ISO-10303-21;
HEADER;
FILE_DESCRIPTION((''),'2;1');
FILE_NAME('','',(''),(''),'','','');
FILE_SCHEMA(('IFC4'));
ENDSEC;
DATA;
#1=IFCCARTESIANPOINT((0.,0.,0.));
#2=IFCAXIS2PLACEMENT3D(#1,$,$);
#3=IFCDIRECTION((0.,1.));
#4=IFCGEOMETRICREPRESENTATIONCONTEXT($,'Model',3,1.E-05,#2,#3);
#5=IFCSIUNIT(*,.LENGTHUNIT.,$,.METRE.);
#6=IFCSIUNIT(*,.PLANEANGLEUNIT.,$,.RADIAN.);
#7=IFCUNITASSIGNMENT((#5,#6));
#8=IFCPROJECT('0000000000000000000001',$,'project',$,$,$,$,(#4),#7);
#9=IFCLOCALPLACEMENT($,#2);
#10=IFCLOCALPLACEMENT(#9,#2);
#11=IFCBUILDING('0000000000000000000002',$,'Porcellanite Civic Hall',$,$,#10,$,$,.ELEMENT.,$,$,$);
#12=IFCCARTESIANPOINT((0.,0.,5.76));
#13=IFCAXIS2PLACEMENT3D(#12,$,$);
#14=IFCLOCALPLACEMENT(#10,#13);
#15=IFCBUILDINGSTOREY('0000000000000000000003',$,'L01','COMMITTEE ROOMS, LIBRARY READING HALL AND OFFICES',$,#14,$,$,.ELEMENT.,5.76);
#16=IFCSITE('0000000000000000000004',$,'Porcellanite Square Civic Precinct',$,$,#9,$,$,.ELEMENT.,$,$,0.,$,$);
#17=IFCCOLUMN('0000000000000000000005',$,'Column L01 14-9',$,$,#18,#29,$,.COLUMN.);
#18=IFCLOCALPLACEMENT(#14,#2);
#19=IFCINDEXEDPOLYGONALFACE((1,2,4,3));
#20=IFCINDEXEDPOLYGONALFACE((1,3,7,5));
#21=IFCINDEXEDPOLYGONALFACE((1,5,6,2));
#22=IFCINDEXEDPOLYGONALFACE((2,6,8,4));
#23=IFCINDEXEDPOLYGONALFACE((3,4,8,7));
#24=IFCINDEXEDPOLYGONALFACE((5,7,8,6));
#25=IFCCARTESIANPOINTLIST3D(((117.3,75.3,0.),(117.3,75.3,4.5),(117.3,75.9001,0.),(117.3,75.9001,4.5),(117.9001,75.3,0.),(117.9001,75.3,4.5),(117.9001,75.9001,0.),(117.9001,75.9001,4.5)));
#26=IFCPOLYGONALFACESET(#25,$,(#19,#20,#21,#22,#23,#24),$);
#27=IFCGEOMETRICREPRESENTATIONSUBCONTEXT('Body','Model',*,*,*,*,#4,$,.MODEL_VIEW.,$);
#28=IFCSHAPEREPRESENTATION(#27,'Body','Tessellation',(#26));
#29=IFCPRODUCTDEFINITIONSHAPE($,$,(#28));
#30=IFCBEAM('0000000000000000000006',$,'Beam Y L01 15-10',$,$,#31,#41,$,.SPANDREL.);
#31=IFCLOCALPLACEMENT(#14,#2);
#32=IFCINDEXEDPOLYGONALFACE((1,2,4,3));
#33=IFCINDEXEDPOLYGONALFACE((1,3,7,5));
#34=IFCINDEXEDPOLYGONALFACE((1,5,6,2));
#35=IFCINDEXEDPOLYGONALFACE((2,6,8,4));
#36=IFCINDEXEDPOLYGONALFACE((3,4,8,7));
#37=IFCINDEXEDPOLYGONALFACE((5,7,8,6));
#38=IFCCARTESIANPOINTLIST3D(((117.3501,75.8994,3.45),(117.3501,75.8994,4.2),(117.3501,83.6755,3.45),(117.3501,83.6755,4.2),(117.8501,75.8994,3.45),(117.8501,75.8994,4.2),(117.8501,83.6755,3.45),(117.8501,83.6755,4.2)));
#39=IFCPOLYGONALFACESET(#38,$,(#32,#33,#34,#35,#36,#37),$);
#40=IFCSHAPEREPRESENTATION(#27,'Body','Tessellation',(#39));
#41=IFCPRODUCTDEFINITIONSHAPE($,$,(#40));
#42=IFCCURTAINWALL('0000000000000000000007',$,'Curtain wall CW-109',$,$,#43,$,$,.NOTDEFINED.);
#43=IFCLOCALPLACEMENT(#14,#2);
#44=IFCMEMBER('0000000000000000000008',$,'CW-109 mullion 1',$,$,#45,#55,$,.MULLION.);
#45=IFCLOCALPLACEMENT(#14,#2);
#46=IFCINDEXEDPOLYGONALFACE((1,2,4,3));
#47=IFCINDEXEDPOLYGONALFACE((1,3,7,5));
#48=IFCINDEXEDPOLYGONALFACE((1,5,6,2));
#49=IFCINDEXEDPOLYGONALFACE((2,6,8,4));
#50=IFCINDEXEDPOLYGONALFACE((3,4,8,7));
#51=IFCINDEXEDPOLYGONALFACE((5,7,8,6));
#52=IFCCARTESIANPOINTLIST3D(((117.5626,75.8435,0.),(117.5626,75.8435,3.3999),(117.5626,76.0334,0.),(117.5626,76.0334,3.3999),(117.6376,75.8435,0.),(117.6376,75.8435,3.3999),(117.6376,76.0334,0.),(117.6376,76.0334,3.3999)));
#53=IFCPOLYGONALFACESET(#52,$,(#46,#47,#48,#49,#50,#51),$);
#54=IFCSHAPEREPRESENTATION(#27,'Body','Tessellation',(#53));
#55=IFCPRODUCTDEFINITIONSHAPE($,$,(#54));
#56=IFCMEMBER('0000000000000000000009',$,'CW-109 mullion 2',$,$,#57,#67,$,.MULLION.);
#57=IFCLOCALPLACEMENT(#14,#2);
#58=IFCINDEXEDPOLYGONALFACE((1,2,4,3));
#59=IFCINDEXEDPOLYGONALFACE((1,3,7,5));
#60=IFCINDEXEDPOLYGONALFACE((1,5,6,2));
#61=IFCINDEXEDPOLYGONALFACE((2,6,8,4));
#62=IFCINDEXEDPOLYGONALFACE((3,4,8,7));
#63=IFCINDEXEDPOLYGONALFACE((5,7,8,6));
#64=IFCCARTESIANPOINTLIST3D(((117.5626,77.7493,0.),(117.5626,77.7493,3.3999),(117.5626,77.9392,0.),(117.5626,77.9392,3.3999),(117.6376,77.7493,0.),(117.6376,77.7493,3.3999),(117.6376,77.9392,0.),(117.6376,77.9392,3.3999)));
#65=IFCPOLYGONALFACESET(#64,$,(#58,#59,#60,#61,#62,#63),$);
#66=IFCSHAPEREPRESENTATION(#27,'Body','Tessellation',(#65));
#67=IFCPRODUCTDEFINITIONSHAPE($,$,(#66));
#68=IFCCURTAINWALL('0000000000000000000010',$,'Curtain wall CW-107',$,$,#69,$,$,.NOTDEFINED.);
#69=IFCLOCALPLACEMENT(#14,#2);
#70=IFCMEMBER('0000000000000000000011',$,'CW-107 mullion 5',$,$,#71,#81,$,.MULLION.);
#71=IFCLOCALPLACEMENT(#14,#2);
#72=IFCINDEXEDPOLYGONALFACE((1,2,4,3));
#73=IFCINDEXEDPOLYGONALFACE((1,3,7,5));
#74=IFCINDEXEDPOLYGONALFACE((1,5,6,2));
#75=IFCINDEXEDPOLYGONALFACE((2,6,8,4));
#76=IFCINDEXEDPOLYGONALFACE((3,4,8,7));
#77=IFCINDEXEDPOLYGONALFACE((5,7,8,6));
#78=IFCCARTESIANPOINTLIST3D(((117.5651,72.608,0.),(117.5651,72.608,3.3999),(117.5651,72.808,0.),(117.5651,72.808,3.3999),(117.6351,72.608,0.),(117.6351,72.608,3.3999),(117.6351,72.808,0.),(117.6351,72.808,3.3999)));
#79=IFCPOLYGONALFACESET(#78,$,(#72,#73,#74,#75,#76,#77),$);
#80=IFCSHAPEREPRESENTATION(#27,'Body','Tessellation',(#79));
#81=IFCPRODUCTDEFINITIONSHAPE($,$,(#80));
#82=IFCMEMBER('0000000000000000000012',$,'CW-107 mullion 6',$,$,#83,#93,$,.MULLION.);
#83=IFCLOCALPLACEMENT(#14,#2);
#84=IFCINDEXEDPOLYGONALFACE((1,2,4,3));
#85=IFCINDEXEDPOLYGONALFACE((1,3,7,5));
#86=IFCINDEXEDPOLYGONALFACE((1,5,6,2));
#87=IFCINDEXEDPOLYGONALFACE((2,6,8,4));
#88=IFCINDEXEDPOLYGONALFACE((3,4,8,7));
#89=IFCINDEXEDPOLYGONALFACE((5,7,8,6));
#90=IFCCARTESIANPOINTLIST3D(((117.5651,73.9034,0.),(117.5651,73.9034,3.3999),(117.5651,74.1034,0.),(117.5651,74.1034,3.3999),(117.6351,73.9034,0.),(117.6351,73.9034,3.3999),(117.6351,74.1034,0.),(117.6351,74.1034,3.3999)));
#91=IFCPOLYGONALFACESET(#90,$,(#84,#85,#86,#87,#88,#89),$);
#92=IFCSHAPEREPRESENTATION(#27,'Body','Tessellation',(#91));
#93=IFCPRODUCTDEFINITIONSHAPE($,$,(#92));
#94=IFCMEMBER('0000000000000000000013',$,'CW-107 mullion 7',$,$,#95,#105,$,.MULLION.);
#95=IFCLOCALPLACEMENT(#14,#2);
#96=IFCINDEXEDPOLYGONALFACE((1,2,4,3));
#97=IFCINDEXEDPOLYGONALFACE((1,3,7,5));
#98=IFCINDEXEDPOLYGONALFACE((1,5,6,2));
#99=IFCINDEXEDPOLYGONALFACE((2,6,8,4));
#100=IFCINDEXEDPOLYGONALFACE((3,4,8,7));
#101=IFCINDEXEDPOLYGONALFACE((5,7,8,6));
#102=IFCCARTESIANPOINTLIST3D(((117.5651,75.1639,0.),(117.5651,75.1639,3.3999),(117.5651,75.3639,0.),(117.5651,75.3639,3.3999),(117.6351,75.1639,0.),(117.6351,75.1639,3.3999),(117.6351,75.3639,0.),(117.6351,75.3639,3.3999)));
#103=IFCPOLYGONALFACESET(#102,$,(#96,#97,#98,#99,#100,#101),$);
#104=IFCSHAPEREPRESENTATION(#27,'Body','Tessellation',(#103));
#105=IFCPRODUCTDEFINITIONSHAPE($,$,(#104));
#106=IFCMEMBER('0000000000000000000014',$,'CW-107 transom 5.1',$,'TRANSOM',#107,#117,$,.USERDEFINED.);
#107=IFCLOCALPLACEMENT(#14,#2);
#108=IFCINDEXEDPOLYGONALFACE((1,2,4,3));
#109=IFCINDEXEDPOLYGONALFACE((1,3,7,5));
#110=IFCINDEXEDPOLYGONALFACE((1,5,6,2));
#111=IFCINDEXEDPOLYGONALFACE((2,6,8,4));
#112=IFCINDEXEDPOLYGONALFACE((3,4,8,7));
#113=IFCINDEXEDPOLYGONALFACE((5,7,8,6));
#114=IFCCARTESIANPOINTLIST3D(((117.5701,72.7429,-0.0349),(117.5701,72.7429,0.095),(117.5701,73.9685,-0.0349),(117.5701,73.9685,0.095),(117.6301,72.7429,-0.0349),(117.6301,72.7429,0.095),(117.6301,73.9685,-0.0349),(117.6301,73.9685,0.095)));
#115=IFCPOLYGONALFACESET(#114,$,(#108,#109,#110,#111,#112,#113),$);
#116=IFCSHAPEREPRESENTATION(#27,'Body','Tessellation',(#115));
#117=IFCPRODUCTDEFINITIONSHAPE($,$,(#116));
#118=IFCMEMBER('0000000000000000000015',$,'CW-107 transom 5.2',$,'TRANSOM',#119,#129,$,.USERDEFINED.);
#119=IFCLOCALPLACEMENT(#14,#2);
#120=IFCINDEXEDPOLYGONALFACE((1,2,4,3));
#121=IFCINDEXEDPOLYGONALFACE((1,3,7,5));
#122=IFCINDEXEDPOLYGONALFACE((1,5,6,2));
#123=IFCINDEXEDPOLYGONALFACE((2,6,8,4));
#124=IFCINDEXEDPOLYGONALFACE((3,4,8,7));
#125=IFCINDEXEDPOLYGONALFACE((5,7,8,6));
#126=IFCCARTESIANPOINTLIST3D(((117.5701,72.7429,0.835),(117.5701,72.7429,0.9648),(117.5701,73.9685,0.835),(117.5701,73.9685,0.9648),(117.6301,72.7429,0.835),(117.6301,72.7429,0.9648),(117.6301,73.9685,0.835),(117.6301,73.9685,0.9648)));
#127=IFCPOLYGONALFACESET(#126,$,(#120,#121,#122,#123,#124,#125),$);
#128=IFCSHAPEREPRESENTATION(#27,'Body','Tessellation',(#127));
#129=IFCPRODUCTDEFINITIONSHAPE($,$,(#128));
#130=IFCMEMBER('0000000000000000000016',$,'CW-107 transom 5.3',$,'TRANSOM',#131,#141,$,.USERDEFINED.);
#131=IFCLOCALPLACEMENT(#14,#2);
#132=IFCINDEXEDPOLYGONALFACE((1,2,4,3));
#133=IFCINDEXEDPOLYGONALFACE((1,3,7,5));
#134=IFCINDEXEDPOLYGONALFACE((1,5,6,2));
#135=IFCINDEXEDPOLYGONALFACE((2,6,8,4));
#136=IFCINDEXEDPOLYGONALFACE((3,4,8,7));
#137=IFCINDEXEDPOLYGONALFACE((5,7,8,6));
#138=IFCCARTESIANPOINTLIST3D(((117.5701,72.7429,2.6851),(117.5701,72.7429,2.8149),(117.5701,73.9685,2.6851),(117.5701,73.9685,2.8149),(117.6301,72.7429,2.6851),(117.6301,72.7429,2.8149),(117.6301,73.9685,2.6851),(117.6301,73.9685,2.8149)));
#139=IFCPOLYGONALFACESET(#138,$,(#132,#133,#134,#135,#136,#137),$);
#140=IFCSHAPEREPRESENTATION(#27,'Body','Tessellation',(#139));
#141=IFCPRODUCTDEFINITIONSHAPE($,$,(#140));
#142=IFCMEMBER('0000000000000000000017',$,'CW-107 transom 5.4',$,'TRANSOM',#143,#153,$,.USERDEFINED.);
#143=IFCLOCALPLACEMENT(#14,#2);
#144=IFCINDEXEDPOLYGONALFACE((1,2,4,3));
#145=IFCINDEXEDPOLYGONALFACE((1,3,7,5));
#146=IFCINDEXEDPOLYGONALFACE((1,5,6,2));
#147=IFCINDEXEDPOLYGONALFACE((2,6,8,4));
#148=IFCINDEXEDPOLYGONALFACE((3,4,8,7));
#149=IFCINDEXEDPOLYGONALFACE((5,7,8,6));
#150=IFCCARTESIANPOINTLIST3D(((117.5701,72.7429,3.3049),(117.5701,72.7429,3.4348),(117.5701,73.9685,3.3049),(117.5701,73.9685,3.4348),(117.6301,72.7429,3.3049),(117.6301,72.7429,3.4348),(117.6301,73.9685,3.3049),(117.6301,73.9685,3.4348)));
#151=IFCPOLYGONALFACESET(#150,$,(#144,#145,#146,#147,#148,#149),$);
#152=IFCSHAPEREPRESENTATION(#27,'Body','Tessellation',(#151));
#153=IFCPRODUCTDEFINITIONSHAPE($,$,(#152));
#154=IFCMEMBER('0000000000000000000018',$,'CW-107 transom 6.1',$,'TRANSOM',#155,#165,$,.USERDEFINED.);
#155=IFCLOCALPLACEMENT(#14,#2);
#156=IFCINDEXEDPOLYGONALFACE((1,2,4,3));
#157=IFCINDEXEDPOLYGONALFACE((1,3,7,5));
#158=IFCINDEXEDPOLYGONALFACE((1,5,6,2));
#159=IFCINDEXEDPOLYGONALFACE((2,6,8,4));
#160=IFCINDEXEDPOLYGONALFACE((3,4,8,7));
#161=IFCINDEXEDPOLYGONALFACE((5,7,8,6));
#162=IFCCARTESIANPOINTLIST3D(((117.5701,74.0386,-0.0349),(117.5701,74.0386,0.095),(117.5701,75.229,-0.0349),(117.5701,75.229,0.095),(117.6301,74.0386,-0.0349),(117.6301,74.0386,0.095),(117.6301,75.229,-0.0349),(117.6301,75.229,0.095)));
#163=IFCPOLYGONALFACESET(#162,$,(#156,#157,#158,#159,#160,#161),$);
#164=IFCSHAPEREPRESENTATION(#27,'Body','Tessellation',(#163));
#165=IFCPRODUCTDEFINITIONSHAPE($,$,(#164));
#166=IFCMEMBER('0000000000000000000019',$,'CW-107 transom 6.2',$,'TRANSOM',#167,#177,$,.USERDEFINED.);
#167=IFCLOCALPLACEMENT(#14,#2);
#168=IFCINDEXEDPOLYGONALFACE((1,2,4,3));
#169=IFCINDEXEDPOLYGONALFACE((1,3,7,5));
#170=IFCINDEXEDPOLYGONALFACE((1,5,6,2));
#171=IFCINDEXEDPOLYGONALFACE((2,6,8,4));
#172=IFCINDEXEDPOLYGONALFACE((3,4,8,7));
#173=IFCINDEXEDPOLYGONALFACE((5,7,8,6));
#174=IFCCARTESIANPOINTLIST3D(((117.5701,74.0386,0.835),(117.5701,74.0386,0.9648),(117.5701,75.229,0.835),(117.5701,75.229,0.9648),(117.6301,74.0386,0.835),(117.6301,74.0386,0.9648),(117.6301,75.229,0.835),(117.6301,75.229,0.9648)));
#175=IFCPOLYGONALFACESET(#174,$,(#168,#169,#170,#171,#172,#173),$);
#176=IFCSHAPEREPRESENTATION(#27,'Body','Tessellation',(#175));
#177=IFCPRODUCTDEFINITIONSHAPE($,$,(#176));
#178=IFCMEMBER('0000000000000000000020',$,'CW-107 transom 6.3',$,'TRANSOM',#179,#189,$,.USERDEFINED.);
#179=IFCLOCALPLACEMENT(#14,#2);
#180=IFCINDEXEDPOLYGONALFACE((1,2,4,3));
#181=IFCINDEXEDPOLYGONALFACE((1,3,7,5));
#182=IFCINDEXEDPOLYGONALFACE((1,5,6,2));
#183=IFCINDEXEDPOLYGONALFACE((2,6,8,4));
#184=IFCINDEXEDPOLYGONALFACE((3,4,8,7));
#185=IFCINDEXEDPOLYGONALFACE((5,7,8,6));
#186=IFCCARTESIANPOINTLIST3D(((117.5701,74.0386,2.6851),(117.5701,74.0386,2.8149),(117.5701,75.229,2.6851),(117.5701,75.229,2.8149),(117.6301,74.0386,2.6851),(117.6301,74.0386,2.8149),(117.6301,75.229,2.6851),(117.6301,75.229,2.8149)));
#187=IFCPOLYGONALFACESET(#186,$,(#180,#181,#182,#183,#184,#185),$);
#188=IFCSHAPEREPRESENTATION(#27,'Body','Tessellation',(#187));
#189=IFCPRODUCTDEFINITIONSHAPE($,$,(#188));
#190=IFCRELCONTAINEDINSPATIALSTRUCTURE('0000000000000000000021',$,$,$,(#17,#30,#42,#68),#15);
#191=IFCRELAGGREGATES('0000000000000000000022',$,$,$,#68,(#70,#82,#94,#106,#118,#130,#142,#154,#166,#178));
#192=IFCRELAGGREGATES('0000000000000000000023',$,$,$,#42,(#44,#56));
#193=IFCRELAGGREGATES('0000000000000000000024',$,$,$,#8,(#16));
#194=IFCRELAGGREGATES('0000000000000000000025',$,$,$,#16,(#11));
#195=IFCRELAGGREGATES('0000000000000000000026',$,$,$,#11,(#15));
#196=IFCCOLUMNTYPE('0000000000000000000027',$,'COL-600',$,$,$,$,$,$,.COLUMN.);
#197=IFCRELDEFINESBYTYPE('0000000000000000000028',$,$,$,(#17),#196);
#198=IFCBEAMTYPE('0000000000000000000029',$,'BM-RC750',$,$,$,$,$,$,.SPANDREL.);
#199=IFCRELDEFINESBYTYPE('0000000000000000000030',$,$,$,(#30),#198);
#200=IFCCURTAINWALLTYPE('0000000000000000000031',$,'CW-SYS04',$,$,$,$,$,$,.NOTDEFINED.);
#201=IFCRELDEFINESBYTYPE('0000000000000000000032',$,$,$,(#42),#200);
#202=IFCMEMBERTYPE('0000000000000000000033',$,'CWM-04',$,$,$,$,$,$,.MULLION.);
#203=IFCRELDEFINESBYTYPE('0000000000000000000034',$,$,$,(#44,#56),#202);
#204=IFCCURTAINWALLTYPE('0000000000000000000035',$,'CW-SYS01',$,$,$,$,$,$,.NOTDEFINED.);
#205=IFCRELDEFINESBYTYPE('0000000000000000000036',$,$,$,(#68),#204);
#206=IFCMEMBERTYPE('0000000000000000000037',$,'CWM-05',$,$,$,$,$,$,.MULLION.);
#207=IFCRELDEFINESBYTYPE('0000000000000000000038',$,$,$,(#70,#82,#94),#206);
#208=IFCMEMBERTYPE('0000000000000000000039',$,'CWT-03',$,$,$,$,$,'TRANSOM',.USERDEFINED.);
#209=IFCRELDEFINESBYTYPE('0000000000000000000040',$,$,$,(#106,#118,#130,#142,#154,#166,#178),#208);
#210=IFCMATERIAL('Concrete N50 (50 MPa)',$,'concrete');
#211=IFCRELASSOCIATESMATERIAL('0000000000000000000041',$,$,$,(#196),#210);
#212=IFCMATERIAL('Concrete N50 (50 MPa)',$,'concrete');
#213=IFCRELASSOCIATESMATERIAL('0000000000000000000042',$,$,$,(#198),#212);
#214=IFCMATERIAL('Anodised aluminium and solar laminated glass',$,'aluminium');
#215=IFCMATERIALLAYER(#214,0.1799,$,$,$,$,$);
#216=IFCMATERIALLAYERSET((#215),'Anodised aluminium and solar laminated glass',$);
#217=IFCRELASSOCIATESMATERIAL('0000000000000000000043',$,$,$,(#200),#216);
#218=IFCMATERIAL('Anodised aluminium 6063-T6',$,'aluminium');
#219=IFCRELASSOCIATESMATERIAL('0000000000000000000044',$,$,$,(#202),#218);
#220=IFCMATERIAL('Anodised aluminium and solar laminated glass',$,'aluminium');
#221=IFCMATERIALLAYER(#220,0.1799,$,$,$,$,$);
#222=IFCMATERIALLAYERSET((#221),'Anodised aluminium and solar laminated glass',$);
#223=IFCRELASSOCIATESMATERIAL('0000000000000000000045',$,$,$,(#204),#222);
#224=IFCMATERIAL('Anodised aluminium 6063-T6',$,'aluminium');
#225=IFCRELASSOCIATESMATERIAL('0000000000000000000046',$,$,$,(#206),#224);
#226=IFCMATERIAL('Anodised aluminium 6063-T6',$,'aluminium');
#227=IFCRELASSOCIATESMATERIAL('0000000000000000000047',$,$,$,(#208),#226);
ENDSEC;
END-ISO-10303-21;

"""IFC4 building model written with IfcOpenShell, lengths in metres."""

from ifc_helpers import new_model, si_unit, direction, frame, origin, origin_2d, place, context, subcontext, project, spatial, rectangle, extrude, material, layer, layer_set, material_profile, profile_set, type_object, element, aggregate, save


model = new_model("IFC4")

# Units and contexts
model_context = context("Model", 3, precision=1e-05, world=origin(), true_north=direction((0.0, 1.0)))
body_context = subcontext(model_context, "Body", "Model", "MODEL_VIEW")
ifc_project = project(units=[si_unit("LENGTHUNIT", "METRE"), si_unit("PLANEANGLEUNIT", "RADIAN")], contexts=[model_context])

# Site, building, storey
site_placement = place(None, origin())
site = spatial("IfcSite", under=ifc_project, at=site_placement, Name="Porcellanite Square Civic Precinct", CompositionType="ELEMENT", RefElevation=0.0)
building_placement = place(site_placement, origin())
building = spatial("IfcBuilding", under=site, at=building_placement, Name="Porcellanite Civic Hall", CompositionType="ELEMENT")
storey_placement = place(building_placement, frame((0.0, 0.0, 5.76)))
storey = spatial("IfcBuildingStorey", under=building, at=storey_placement, Name="L01", Description="COMMITTEE ROOMS, LIBRARY READING HALL AND OFFICES", CompositionType="ELEMENT", Elevation=5.76)

# Column
ifc_material_1 = material(Name="Concrete N50 (50 MPa)", Category="concrete")
ifc_material_profile_1 = material_profile(ifc_material_1, rectangle(XDim=0.6001, YDim=0.6001, at=origin_2d()), Name="RC-600x600")
ifc_profile_set_1 = profile_set([ifc_material_profile_1], Name="Concrete N50 (50 MPa)")
column_type = type_object("IfcColumnType", Name="COL-600", PredefinedType="COLUMN", material=ifc_profile_set_1)
column_placement = place(storey_placement, frame((117.6001, 75.6001, 0.0), z_axis=(0.0, 0.0, 1.0), x_axis=(1.0, 0.0, 0.0)))
element("IfcColumn", 1, at=column_placement, inside=storey, type_object=column_type, Name="Column L01 14-9", PredefinedType="COLUMN", context=body_context, shape_type="SweptSolid", body=[
    extrude(rectangle(XDim=0.6001, YDim=0.6001, at=origin_2d()), origin(), (0.0, 0.0, 1.0), 4.5),
])

# Beam
ifc_material_2 = material(Name="Concrete N50 (50 MPa)", Category="concrete")
ifc_material_profile_2 = material_profile(ifc_material_2, rectangle(XDim=0.5, YDim=0.75, at=origin_2d()), Name="RC-500x750")
ifc_profile_set_2 = profile_set([ifc_material_profile_2], Name="Concrete N50 (50 MPa)")
beam_type = type_object("IfcBeamType", Name="BM-RC750", PredefinedType="SPANDREL", material=ifc_profile_set_2)
beam_placement = place(storey_placement, frame((117.6001, 75.8994, 3.825), z_axis=(0.0, 1.0, 0.0), x_axis=(-1.0, 0.0, 0.0)))
element("IfcBeam", 2, at=beam_placement, inside=storey, type_object=beam_type, Name="Beam Y L01 15-10", PredefinedType="SPANDREL", context=body_context, shape_type="SweptSolid", body=[
    extrude(rectangle(XDim=0.5, YDim=0.75, at=origin_2d()), origin(), (0.0, 0.0, 1.0), 7.7761),
])

# Curtain walls, members
ifc_material_3 = material(Name="Anodised aluminium and solar laminated glass", Category="aluminium")
ifc_layer_1 = layer(ifc_material_3, 0.1799)
ifc_layer_set_1 = layer_set([ifc_layer_1], Name="Anodised aluminium and solar laminated glass")
curtain_wall_type_1 = type_object("IfcCurtainWallType", Name="CW-SYS04", PredefinedType="NOTDEFINED", material=ifc_layer_set_1)
curtain_wall_1_placement = place(storey_placement, origin())
curtain_wall_1 = element("IfcCurtainWall", 3, at=curtain_wall_1_placement, inside=storey, type_object=curtain_wall_type_1, Name="Curtain wall CW-109", PredefinedType="NOTDEFINED")
ifc_material_4 = material(Name="Anodised aluminium 6063-T6", Category="aluminium")
ifc_material_profile_3 = material_profile(ifc_material_4, rectangle(XDim=0.075, YDim=0.1899, at=origin_2d()), Name="AL-75x190")
ifc_profile_set_3 = profile_set([ifc_material_profile_3], Name="Anodised aluminium 6063-T6")
member_type_1 = type_object("IfcMemberType", Name="CWM-04", PredefinedType="MULLION", material=ifc_profile_set_3)
member_1_placement = place(storey_placement, frame((117.6001, 75.9385, 0.0), z_axis=(0.0, 0.0, 1.0), x_axis=(-1.0, 0.0, 0.0)))
member_1 = element("IfcMember", 4, at=member_1_placement, type_object=member_type_1, Name="CW-109 mullion 1", PredefinedType="MULLION", context=body_context, shape_type="SweptSolid", body=[
    extrude(rectangle(XDim=0.075, YDim=0.1899, at=origin_2d()), origin(), (0.0, 0.0, 1.0), 3.3999),
])
member_2_placement = place(storey_placement, frame((117.6001, 77.8442, 0.0), z_axis=(0.0, 0.0, 1.0), x_axis=(-1.0, 0.0, 0.0)))
member_2 = element("IfcMember", 5, at=member_2_placement, type_object=member_type_1, Name="CW-109 mullion 2", PredefinedType="MULLION", context=body_context, shape_type="SweptSolid", body=[
    extrude(rectangle(XDim=0.075, YDim=0.1899, at=origin_2d()), origin(), (0.0, 0.0, 1.0), 3.3999),
])
ifc_material_5 = material(Name="Anodised aluminium and solar laminated glass", Category="aluminium")
ifc_layer_2 = layer(ifc_material_5, 0.1799)
ifc_layer_set_2 = layer_set([ifc_layer_2], Name="Anodised aluminium and solar laminated glass")
curtain_wall_type_2 = type_object("IfcCurtainWallType", Name="CW-SYS01", PredefinedType="NOTDEFINED", material=ifc_layer_set_2)
curtain_wall_2_placement = place(storey_placement, origin())
curtain_wall_2 = element("IfcCurtainWall", 6, at=curtain_wall_2_placement, inside=storey, type_object=curtain_wall_type_2, Name="Curtain wall CW-107", PredefinedType="NOTDEFINED")
ifc_material_6 = material(Name="Anodised aluminium 6063-T6", Category="aluminium")
ifc_material_profile_4 = material_profile(ifc_material_6, rectangle(XDim=0.0701, YDim=0.2, at=origin_2d()), Name="AL-70x200")
ifc_profile_set_4 = profile_set([ifc_material_profile_4], Name="Anodised aluminium 6063-T6")
member_type_2 = type_object("IfcMemberType", Name="CWM-05", PredefinedType="MULLION", material=ifc_profile_set_4)
member_3_placement = place(storey_placement, frame((117.6001, 72.708, 0.0), z_axis=(0.0, 0.0, 1.0), x_axis=(-1.0, 0.0, 0.0)))
member_3 = element("IfcMember", 7, at=member_3_placement, type_object=member_type_2, Name="CW-107 mullion 5", PredefinedType="MULLION", context=body_context, shape_type="SweptSolid", body=[
    extrude(rectangle(XDim=0.0701, YDim=0.2, at=origin_2d()), origin(), (0.0, 0.0, 1.0), 3.3999),
])
member_4_placement = place(storey_placement, frame((117.6001, 74.0034, 0.0), z_axis=(0.0, 0.0, 1.0), x_axis=(-1.0, 0.0, 0.0)))
member_4 = element("IfcMember", 8, at=member_4_placement, type_object=member_type_2, Name="CW-107 mullion 6", PredefinedType="MULLION", context=body_context, shape_type="SweptSolid", body=[
    extrude(rectangle(XDim=0.0701, YDim=0.2, at=origin_2d()), origin(), (0.0, 0.0, 1.0), 3.3999),
])
member_5_placement = place(storey_placement, frame((117.6001, 75.2639, 0.0), z_axis=(0.0, 0.0, 1.0), x_axis=(-1.0, 0.0, 0.0)))
member_5 = element("IfcMember", 9, at=member_5_placement, type_object=member_type_2, Name="CW-107 mullion 7", PredefinedType="MULLION", context=body_context, shape_type="SweptSolid", body=[
    extrude(rectangle(XDim=0.0701, YDim=0.2, at=origin_2d()), origin(), (0.0, 0.0, 1.0), 3.3999),
])
ifc_material_7 = material(Name="Anodised aluminium 6063-T6", Category="aluminium")
ifc_material_profile_5 = material_profile(ifc_material_7, rectangle(XDim=0.0601, YDim=0.1299, at=origin_2d()), Name="AL-60x130")
ifc_profile_set_5 = profile_set([ifc_material_profile_5], Name="Anodised aluminium 6063-T6")
member_type_3 = type_object("IfcMemberType", Name="CWT-03", ElementType="TRANSOM", PredefinedType="USERDEFINED", material=ifc_profile_set_5)
member_6_placement = place(storey_placement, frame((117.6001, 72.7429, 0.03), z_axis=(0.0, 1.0, 0.0), x_axis=(-1.0, 0.0, 0.0)))
member_6 = element("IfcMember", 10, at=member_6_placement, type_object=member_type_3, Name="CW-107 transom 5.1", ObjectType="TRANSOM", PredefinedType="USERDEFINED", context=body_context, shape_type="SweptSolid", body=[
    extrude(rectangle(XDim=0.0601, YDim=0.1299, at=origin_2d()), origin(), (0.0, 0.0, 1.0), 1.2256),
])
member_7_placement = place(storey_placement, frame((117.6001, 72.7429, 0.8999), z_axis=(0.0, 1.0, 0.0), x_axis=(-1.0, 0.0, 0.0)))
member_7 = element("IfcMember", 11, at=member_7_placement, type_object=member_type_3, Name="CW-107 transom 5.2", ObjectType="TRANSOM", PredefinedType="USERDEFINED", context=body_context, shape_type="SweptSolid", body=[
    extrude(rectangle(XDim=0.0601, YDim=0.1299, at=origin_2d()), origin(), (0.0, 0.0, 1.0), 1.2256),
])
member_8_placement = place(storey_placement, frame((117.6001, 72.7429, 2.75), z_axis=(0.0, 1.0, 0.0), x_axis=(-1.0, 0.0, 0.0)))
member_8 = element("IfcMember", 12, at=member_8_placement, type_object=member_type_3, Name="CW-107 transom 5.3", ObjectType="TRANSOM", PredefinedType="USERDEFINED", context=body_context, shape_type="SweptSolid", body=[
    extrude(rectangle(XDim=0.0601, YDim=0.1299, at=origin_2d()), origin(), (0.0, 0.0, 1.0), 1.2256),
])
member_9_placement = place(storey_placement, frame((117.6001, 72.7429, 3.3699), z_axis=(0.0, 1.0, 0.0), x_axis=(-1.0, 0.0, 0.0)))
member_9 = element("IfcMember", 13, at=member_9_placement, type_object=member_type_3, Name="CW-107 transom 5.4", ObjectType="TRANSOM", PredefinedType="USERDEFINED", context=body_context, shape_type="SweptSolid", body=[
    extrude(rectangle(XDim=0.0601, YDim=0.1299, at=origin_2d()), origin(), (0.0, 0.0, 1.0), 1.2256),
])
member_10_placement = place(storey_placement, frame((117.6001, 74.0386, 0.03), z_axis=(0.0, 1.0, 0.0), x_axis=(-1.0, 0.0, 0.0)))
member_10 = element("IfcMember", 14, at=member_10_placement, type_object=member_type_3, Name="CW-107 transom 6.1", ObjectType="TRANSOM", PredefinedType="USERDEFINED", context=body_context, shape_type="SweptSolid", body=[
    extrude(rectangle(XDim=0.0601, YDim=0.1299, at=origin_2d()), origin(), (0.0, 0.0, 1.0), 1.1904),
])
member_11_placement = place(storey_placement, frame((117.6001, 74.0386, 0.8999), z_axis=(0.0, 1.0, 0.0), x_axis=(-1.0, 0.0, 0.0)))
member_11 = element("IfcMember", 15, at=member_11_placement, type_object=member_type_3, Name="CW-107 transom 6.2", ObjectType="TRANSOM", PredefinedType="USERDEFINED", context=body_context, shape_type="SweptSolid", body=[
    extrude(rectangle(XDim=0.0601, YDim=0.1299, at=origin_2d()), origin(), (0.0, 0.0, 1.0), 1.1904),
])
member_12_placement = place(storey_placement, frame((117.6001, 74.0386, 2.75), z_axis=(0.0, 1.0, 0.0), x_axis=(-1.0, 0.0, 0.0)))
member_12 = element("IfcMember", 16, at=member_12_placement, type_object=member_type_3, Name="CW-107 transom 6.3", ObjectType="TRANSOM", PredefinedType="USERDEFINED", context=body_context, shape_type="SweptSolid", body=[
    extrude(rectangle(XDim=0.0601, YDim=0.1299, at=origin_2d()), origin(), (0.0, 0.0, 1.0), 1.1904),
])

aggregate(curtain_wall_2, [member_3, member_4, member_5, member_6, member_7, member_8, member_9, member_10, member_11, member_12])
aggregate(curtain_wall_1, [member_1, member_2])

save(model, "model.ifc")
